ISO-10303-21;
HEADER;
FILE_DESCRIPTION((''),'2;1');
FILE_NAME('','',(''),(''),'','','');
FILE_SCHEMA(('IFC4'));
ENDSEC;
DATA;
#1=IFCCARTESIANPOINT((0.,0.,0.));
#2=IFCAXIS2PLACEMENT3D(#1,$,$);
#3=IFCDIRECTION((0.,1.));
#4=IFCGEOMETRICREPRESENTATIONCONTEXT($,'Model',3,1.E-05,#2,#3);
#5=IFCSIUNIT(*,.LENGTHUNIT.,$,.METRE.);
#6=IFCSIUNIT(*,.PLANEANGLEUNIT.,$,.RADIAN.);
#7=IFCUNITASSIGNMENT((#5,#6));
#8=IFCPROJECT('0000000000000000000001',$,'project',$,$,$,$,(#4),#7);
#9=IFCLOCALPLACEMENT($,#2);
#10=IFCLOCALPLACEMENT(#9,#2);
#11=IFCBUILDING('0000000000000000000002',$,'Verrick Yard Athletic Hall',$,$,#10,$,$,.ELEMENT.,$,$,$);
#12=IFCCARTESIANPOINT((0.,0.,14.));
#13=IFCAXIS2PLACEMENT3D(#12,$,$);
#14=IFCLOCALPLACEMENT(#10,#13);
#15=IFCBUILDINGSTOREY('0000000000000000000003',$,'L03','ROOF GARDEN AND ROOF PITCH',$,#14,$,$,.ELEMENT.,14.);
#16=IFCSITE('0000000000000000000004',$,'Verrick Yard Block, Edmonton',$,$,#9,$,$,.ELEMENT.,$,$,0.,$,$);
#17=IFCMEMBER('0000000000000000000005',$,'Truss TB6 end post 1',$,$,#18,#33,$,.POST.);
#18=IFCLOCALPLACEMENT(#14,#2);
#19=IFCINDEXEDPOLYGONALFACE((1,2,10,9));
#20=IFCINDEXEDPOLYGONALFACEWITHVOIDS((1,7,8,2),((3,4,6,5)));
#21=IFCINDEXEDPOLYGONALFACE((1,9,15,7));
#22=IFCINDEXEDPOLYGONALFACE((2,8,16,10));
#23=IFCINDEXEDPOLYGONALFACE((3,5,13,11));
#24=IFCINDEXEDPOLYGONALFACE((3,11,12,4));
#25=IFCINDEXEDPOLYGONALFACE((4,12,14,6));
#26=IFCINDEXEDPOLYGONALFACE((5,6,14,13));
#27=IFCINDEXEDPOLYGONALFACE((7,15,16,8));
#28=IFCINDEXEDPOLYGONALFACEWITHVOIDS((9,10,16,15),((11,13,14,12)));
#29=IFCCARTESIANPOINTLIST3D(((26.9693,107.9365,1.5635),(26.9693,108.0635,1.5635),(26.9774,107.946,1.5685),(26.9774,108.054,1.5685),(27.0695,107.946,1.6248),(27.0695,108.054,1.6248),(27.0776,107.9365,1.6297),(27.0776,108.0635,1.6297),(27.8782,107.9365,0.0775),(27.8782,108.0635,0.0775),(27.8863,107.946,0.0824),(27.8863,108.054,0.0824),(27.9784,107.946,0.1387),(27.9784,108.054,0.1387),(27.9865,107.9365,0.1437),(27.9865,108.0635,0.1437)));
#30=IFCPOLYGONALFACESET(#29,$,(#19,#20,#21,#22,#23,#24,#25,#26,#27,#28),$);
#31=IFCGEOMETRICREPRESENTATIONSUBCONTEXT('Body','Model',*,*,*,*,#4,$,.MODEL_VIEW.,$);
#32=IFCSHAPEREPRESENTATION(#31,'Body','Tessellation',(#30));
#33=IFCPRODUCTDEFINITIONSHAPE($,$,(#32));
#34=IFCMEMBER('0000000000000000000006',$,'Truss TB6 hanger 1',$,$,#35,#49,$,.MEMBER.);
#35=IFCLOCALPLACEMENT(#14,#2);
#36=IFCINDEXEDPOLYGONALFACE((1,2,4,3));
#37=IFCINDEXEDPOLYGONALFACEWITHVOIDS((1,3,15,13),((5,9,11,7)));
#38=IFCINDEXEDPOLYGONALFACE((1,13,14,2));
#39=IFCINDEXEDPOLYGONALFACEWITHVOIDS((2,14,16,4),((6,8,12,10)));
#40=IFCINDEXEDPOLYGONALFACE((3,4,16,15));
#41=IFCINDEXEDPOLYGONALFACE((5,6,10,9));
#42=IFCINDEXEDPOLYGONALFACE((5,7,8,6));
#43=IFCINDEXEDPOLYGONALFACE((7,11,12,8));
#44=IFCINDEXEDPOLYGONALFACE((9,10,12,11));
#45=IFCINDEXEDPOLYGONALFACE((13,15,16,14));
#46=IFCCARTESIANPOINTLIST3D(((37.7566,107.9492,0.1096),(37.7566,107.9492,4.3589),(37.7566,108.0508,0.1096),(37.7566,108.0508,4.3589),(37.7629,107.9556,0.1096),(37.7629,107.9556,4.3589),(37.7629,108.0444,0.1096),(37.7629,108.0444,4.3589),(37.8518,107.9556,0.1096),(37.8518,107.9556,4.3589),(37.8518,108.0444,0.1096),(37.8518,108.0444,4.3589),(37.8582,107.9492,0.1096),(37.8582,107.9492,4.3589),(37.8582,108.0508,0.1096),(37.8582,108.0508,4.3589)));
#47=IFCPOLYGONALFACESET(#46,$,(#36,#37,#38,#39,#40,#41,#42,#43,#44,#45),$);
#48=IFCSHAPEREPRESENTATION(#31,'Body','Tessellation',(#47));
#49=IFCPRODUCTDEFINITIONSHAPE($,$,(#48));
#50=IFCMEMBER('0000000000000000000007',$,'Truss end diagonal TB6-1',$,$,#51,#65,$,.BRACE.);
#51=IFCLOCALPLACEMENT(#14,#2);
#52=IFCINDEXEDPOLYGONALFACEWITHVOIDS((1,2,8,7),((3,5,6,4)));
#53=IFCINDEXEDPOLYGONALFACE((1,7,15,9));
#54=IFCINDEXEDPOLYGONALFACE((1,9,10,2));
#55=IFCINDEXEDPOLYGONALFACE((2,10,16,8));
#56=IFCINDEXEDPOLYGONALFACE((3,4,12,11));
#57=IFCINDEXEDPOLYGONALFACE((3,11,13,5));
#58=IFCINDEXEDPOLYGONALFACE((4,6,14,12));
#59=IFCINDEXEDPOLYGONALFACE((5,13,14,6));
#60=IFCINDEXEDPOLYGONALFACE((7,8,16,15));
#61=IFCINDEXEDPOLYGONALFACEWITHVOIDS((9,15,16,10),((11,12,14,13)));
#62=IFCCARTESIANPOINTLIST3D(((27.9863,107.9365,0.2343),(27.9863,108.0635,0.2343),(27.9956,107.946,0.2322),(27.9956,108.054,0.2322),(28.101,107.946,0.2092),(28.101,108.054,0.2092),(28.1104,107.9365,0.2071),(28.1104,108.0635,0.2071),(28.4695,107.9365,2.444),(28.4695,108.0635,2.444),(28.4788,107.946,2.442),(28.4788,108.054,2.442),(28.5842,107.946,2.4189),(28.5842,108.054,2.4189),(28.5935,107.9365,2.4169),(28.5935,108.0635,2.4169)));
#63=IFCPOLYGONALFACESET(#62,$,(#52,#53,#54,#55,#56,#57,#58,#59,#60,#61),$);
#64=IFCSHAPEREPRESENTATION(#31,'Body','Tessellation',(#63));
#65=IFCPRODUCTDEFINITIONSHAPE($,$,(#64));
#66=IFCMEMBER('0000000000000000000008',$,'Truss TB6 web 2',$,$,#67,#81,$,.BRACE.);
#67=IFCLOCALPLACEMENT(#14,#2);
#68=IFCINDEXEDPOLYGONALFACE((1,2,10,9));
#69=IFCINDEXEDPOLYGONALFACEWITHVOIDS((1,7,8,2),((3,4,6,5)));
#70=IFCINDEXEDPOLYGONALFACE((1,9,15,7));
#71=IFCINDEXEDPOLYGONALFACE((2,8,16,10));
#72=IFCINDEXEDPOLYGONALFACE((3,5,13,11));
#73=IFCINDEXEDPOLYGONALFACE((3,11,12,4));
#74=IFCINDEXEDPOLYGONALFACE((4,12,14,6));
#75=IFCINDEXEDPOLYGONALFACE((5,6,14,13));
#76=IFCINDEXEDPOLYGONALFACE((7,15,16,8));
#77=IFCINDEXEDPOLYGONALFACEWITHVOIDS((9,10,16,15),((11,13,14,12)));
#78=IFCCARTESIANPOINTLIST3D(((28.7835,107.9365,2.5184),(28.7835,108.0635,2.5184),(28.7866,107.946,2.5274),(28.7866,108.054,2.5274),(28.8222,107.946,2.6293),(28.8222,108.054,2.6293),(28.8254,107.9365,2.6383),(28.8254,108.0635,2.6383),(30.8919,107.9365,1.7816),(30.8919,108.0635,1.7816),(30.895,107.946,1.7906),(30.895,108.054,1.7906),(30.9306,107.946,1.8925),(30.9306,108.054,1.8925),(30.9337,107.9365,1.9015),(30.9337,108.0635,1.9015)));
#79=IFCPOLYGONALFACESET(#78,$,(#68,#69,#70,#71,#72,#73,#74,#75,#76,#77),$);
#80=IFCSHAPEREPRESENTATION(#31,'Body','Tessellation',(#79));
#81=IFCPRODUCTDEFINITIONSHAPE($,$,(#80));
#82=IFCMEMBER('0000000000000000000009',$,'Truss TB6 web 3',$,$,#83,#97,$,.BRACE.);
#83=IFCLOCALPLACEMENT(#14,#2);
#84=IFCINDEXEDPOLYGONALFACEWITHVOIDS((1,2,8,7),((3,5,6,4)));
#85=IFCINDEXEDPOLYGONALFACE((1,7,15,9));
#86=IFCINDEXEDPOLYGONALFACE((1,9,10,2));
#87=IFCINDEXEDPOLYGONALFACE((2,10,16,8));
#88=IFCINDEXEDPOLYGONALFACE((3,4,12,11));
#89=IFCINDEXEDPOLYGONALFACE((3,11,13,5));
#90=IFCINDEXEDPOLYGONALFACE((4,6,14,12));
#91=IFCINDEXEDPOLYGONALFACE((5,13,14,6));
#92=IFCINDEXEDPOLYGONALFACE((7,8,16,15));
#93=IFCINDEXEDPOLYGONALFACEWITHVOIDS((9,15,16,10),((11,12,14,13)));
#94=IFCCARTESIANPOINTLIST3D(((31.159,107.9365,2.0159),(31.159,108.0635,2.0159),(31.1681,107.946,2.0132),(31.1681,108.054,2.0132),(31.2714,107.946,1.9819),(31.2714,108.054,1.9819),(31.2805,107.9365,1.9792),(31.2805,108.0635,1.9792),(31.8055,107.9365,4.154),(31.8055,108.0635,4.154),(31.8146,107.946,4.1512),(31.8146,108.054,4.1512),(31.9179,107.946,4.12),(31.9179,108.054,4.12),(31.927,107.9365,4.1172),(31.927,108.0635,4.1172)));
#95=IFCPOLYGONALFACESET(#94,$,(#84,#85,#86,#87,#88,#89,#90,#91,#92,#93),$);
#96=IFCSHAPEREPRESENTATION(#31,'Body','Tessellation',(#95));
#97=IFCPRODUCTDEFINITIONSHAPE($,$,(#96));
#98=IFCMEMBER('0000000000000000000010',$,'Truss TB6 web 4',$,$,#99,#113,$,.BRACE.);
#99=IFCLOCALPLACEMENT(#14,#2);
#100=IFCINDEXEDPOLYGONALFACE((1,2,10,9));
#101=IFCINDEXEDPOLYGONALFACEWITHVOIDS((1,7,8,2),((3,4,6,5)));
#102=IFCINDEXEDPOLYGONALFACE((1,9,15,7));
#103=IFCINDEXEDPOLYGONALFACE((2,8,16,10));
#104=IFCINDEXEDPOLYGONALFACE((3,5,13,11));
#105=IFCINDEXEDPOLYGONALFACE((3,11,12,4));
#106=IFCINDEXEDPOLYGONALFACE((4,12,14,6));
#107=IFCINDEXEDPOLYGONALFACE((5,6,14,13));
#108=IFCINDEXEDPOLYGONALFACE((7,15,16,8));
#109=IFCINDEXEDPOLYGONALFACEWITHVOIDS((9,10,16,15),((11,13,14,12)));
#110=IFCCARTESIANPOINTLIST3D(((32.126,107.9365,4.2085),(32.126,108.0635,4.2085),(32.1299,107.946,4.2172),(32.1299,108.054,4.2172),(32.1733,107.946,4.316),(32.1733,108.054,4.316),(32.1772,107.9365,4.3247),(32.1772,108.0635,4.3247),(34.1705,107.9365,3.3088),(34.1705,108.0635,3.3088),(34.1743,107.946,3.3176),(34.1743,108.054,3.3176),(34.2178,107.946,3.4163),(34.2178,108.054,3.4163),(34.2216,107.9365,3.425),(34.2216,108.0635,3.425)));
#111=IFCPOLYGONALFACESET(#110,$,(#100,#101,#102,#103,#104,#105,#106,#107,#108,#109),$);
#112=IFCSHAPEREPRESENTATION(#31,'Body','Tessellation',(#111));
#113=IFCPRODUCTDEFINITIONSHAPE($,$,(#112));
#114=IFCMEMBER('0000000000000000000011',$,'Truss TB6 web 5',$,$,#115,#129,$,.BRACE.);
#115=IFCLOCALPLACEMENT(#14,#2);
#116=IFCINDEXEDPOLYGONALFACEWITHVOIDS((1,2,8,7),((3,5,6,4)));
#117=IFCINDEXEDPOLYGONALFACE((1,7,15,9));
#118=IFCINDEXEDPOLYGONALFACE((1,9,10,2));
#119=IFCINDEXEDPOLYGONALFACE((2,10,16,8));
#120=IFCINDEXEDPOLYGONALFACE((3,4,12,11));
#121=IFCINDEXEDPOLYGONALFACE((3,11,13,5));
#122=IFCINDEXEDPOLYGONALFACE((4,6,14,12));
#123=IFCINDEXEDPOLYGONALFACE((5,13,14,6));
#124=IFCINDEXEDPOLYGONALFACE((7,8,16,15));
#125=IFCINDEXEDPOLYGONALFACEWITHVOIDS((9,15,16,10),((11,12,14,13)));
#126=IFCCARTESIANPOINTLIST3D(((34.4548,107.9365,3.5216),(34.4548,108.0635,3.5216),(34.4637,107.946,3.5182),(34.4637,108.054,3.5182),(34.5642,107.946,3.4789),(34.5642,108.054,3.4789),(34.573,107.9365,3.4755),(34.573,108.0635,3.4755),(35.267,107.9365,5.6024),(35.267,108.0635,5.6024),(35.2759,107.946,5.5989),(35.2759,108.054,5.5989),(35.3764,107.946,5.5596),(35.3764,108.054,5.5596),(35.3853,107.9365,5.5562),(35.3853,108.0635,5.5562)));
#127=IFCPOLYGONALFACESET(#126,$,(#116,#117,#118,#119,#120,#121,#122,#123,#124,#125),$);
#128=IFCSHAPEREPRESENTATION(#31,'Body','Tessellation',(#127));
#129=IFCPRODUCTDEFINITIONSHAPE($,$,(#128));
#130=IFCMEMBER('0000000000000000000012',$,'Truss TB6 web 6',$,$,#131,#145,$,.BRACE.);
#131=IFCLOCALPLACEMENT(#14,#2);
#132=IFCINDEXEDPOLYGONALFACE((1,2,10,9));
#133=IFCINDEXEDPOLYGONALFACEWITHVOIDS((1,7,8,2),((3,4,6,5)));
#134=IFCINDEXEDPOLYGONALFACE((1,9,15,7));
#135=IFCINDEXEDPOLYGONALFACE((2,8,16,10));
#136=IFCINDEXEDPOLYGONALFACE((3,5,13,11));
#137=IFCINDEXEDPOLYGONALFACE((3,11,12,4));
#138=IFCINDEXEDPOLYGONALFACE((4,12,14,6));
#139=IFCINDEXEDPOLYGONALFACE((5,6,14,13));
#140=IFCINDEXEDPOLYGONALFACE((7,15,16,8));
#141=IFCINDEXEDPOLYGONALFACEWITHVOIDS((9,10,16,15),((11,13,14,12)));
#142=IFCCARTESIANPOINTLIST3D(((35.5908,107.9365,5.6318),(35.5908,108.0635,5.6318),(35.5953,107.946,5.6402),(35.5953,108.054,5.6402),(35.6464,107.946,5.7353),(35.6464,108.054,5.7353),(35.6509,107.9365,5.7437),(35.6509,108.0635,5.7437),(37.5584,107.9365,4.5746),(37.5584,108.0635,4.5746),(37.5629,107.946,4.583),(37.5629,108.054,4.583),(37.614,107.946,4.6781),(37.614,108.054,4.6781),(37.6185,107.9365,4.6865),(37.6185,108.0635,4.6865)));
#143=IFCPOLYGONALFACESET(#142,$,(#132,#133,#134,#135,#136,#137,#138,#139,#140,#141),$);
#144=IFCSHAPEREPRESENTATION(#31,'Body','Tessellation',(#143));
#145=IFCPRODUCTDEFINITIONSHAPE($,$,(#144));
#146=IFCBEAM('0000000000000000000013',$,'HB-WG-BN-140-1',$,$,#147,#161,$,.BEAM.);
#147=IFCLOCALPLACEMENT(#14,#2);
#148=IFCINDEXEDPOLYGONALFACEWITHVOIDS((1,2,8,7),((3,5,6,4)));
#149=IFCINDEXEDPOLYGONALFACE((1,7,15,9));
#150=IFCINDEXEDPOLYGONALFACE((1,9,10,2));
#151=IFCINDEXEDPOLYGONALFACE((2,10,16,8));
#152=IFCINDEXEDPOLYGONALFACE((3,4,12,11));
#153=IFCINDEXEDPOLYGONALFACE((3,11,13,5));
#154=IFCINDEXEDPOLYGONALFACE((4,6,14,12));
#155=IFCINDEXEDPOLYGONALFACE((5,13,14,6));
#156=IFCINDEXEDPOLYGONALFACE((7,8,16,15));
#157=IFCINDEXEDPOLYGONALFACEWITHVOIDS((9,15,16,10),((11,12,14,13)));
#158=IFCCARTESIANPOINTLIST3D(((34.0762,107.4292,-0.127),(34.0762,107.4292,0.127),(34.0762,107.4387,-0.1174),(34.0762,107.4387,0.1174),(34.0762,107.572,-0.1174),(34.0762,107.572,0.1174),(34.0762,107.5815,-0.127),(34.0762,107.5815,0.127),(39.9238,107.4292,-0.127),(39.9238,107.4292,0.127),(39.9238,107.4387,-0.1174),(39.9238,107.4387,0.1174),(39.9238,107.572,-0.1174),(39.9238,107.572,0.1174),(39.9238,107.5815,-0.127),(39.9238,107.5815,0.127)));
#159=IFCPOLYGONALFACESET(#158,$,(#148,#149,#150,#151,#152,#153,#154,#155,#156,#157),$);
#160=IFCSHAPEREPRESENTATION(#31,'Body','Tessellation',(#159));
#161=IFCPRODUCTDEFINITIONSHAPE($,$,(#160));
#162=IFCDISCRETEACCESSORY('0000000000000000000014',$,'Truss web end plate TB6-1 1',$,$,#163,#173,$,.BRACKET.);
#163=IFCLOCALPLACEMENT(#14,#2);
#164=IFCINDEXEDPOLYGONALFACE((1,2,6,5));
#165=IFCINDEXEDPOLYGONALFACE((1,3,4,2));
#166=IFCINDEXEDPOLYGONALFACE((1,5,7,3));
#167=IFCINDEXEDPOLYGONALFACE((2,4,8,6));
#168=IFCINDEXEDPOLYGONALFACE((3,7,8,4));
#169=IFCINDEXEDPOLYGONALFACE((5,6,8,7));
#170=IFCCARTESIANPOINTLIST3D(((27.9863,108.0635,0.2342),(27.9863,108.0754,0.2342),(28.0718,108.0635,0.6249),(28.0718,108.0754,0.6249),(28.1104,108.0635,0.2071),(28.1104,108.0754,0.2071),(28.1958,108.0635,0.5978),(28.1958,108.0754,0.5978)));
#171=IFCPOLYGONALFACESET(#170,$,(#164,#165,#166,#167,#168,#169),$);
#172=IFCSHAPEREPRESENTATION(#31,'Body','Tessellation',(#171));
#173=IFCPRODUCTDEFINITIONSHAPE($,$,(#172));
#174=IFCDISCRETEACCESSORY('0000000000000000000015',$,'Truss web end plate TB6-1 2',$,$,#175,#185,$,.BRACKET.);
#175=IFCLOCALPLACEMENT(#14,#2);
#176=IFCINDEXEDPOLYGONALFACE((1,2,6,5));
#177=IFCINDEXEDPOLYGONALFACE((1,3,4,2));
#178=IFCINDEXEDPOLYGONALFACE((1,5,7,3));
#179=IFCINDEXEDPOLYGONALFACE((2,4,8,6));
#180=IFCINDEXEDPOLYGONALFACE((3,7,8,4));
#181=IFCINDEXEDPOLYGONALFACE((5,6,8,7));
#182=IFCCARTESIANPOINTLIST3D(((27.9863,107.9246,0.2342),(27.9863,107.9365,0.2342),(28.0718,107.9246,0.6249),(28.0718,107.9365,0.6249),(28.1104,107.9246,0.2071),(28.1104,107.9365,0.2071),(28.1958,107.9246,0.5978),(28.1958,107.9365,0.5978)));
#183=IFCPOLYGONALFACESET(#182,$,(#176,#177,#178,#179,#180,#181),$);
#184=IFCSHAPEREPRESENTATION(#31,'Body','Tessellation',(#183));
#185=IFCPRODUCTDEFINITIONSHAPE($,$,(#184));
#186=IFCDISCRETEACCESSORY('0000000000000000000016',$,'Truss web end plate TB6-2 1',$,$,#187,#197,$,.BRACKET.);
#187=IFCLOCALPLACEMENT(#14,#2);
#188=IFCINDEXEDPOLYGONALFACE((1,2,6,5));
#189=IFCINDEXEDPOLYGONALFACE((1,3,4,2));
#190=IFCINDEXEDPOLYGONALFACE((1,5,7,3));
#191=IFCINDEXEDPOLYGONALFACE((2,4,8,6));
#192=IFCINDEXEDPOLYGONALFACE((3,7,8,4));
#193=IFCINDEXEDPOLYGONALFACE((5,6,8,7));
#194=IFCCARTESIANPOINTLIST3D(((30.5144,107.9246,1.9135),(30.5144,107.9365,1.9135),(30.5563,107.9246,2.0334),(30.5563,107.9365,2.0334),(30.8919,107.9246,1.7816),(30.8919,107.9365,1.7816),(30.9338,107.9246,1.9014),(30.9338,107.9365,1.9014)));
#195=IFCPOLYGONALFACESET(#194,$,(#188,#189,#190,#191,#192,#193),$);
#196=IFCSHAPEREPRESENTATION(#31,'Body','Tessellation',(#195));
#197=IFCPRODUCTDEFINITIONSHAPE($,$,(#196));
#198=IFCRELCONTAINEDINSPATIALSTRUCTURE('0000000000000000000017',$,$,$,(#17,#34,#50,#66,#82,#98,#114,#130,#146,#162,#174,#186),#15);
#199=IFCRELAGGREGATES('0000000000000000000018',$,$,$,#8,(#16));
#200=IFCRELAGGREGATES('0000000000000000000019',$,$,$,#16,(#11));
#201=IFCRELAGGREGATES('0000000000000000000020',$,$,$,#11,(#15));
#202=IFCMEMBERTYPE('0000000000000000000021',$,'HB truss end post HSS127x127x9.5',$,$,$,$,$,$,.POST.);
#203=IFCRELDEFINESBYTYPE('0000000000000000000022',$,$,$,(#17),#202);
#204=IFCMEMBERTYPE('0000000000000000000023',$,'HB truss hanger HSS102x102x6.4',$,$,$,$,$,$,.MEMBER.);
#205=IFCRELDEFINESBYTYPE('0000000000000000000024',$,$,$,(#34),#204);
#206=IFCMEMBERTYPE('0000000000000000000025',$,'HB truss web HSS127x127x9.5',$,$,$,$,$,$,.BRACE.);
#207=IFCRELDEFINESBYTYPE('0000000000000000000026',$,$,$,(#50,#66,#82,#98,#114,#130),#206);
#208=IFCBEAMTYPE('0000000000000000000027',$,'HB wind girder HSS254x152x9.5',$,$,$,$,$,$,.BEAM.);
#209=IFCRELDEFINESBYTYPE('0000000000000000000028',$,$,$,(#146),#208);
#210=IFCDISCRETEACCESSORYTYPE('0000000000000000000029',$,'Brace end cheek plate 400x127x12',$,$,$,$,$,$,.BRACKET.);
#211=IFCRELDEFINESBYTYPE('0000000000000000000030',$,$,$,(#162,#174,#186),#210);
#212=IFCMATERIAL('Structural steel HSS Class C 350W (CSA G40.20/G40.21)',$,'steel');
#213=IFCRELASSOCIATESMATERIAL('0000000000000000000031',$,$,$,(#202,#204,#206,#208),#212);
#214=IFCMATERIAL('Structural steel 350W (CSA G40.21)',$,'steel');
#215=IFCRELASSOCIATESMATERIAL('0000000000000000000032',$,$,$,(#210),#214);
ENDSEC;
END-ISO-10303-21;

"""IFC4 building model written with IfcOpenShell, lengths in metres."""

from ifc_helpers import new_model, si_unit, direction, frame, origin, origin_2d, place, context, subcontext, project, spatial, rectangle, hollow_rectangle, extrude, material, material_profile, profile_set, type_object, element, save


model = new_model("IFC4")

# Units and contexts
model_context = context("Model", 3, precision=1e-05, world=origin(), true_north=direction((0.0, 1.0)))
body_context = subcontext(model_context, "Body", "Model", "MODEL_VIEW")
ifc_project = project(units=[si_unit("LENGTHUNIT", "METRE"), si_unit("PLANEANGLEUNIT", "RADIAN")], contexts=[model_context])

# Site, building, storey
site_placement = place(None, origin())
site = spatial("IfcSite", under=ifc_project, at=site_placement, Name="Verrick Yard Block, Edmonton", CompositionType="ELEMENT", RefElevation=0.0)
building_placement = place(site_placement, origin())
building = spatial("IfcBuilding", under=site, at=building_placement, Name="Verrick Yard Athletic Hall", CompositionType="ELEMENT")
storey_placement = place(building_placement, frame((0.0, 0.0, 14.0)))
storey = spatial("IfcBuildingStorey", under=building, at=storey_placement, Name="L03", Description="ROOF GARDEN AND ROOF PITCH", CompositionType="ELEMENT", Elevation=14.0)

# Members
ifc_material_1 = material(Name="Structural steel HSS Class C 350W (CSA G40.20/G40.21)", Category="steel")
ifc_material_profile_1 = material_profile(ifc_material_1, hollow_rectangle(XDim=0.127, YDim=0.127, WallThickness=0.0095, at=origin_2d()), Name="HSS127x127x9.5")
ifc_profile_set_1 = profile_set([ifc_material_profile_1], Name="Structural steel HSS Class C 350W (CSA G40.20/G40.21)")
member_type_1 = type_object("IfcMemberType", Name="HB truss end post HSS127x127x9.5", PredefinedType="POST", material=ifc_profile_set_1)
member_1_placement = place(storey_placement, frame((27.9324, 108.0, 0.1106), z_axis=(-0.521773, 0.0, 0.853084), x_axis=(0.0, -1.0, 0.0)))
element("IfcMember", 1, at=member_1_placement, inside=storey, type_object=member_type_1, Name="Truss TB6 end post 1", PredefinedType="POST", context=body_context, shape_type="SweptSolid", body=[
    extrude(hollow_rectangle(XDim=0.127, YDim=0.127, WallThickness=0.0095, at=origin_2d()), origin(), (0.0, 0.0, 1.0), 1.7419),
])
ifc_material_profile_2 = material_profile(ifc_material_1, hollow_rectangle(XDim=0.1016, YDim=0.1016, WallThickness=0.0063, at=origin_2d()), Name="HSS102x102x6.4")
ifc_profile_set_2 = profile_set([ifc_material_profile_2], Name="Structural steel HSS Class C 350W (CSA G40.20/G40.21)")
member_type_2 = type_object("IfcMemberType", Name="HB truss hanger HSS102x102x6.4", PredefinedType="MEMBER", material=ifc_profile_set_2)
member_2_placement = place(storey_placement, frame((37.8074, 108.0, 4.3589), z_axis=(0.0, 0.0, -1.0), x_axis=(0.0, -1.0, 0.0)))
element("IfcMember", 2, at=member_2_placement, inside=storey, type_object=member_type_2, Name="Truss TB6 hanger 1", PredefinedType="MEMBER", context=body_context, shape_type="SweptSolid", body=[
    extrude(hollow_rectangle(XDim=0.1016, YDim=0.1016, WallThickness=0.0063, at=origin_2d()), origin(), (0.0, 0.0, 1.0), 4.2493),
])
ifc_material_profile_3 = material_profile(ifc_material_1, hollow_rectangle(XDim=0.127, YDim=0.127, WallThickness=0.0095, at=origin_2d()), Name="HSS127x127x9.5")
ifc_profile_set_3 = profile_set([ifc_material_profile_3], Name="Structural steel HSS Class C 350W (CSA G40.20/G40.21)")
member_type_3 = type_object("IfcMemberType", Name="HB truss web HSS127x127x9.5", PredefinedType="BRACE", material=ifc_profile_set_3)
member_3_placement = place(storey_placement, frame((28.0483, 108.0, 0.2207), z_axis=(0.213604, 0.0, 0.97692), x_axis=(0.0, 1.0, 0.0)))
element("IfcMember", 3, at=member_3_placement, inside=storey, type_object=member_type_3, Name="Truss end diagonal TB6-1", PredefinedType="BRACE", context=body_context, shape_type="SweptSolid", body=[
    extrude(hollow_rectangle(XDim=0.127, YDim=0.127, WallThickness=0.0095, at=origin_2d()), origin(), (0.0, 0.0, 1.0), 2.262),
])
member_4_placement = place(storey_placement, frame((28.8044, 108.0, 2.5784), z_axis=(0.944015, 0.0, -0.329902), x_axis=(0.0, 1.0, 0.0)))
element("IfcMember", 4, at=member_4_placement, inside=storey, type_object=member_type_3, Name="Truss TB6 web 2", PredefinedType="BRACE", context=body_context, shape_type="SweptSolid", body=[
    extrude(hollow_rectangle(XDim=0.127, YDim=0.127, WallThickness=0.0095, at=origin_2d()), origin(), (0.0, 0.0, 1.0), 2.2334),
])
for number, where, z_axis, x_axis, name in (
    (5, (31.2197, 108.0, 1.9976), (0.289443, 0.0, 0.957195), (0.0, 1.0, 0.0), "Truss TB6 web 3"),
    (6, (32.1516, 108.0, 4.2666), (0.915297, 0.0, -0.402779), (0.0, 1.0, 0.0), "Truss TB6 web 4"),
    (7, (34.5139, 108.0, 3.4985), (0.363633, 0.0, 0.931542), (0.0, 1.0, 0.0), "Truss TB6 web 5"),
    (8, (35.6208, 108.0, 5.6877), (0.880902, 0.0, -0.473298), (0.0, 1.0, 0.0), "Truss TB6 web 6"),
):
    element("IfcMember", number, at=place(storey_placement, frame(where, z_axis=z_axis, x_axis=x_axis)), inside=storey, type_object=member_type_3, Name=name, PredefinedType="BRACE", context=body_context, shape_type="SweptSolid", body=[
        extrude(hollow_rectangle(XDim=0.127, YDim=0.127, WallThickness=0.0095, at=origin_2d()), origin(), (0.0, 0.0, 1.0), 2.2336),
    ])

# Beam
ifc_material_profile_4 = material_profile(ifc_material_1, hollow_rectangle(XDim=0.1523, YDim=0.2539, WallThickness=0.0095, at=origin_2d()), Name="HSS254x152x9.5")
ifc_profile_set_4 = profile_set([ifc_material_profile_4], Name="Structural steel HSS Class C 350W (CSA G40.20/G40.21)")
beam_type = type_object("IfcBeamType", Name="HB wind girder HSS254x152x9.5", PredefinedType="BEAM", material=ifc_profile_set_4)
beam_placement = place(storey_placement, frame((34.0762, 107.5054, 0.0), z_axis=(1.0, 0.0, 0.0), x_axis=(0.0, 1.0, 0.0)))
element("IfcBeam", 9, at=beam_placement, inside=storey, type_object=beam_type, Name="HB-WG-BN-140-1", PredefinedType="BEAM", context=body_context, shape_type="SweptSolid", body=[
    extrude(hollow_rectangle(XDim=0.1523, YDim=0.2539, WallThickness=0.0095, at=origin_2d()), origin(), (0.0, 0.0, 1.0), 5.8477),
])

# Discrete accessories
ifc_material_2 = material(Name="Structural steel 350W (CSA G40.21)", Category="steel")
ifc_material_profile_5 = material_profile(ifc_material_2, rectangle(XDim=0.3999, YDim=0.127, at=origin_2d()), Name="Brace end cheek plate")
ifc_profile_set_5 = profile_set([ifc_material_profile_5], Name="Structural steel 350W (CSA G40.21)")
discrete_accessory_type_1 = type_object("IfcDiscreteAccessoryType", Name="Brace end cheek plate 400x127x12", PredefinedType="BRACKET", material=ifc_profile_set_5)
for number, where, z_axis, x_axis, name in (
    (10, (28.0911, 108.0635, 0.416), (0.0, 1.0, 0.0), (0.213605, 0.0, 0.97692), "Truss web end plate TB6-1 1"),
    (11, (28.0911, 107.9365, 0.416), (0.0, -1.0, 0.0), (0.213605, 0.0, 0.97692), "Truss web end plate TB6-1 2"),
    (12, (30.7241, 107.9365, 1.9075), (0.0, -1.0, 0.0), (-0.944026, 0.0, 0.329872), "Truss web end plate TB6-2 1"),
):
    element("IfcDiscreteAccessory", number, at=place(storey_placement, frame(where, z_axis=z_axis, x_axis=x_axis)), inside=storey, type_object=discrete_accessory_type_1, Name=name, PredefinedType="BRACKET", context=body_context, shape_type="SweptSolid", body=[
        extrude(rectangle(XDim=0.3999, YDim=0.127, at=origin_2d()), origin(), (0.0, 0.0, 1.0), 0.012),
    ])

save(model, "model.ifc")
